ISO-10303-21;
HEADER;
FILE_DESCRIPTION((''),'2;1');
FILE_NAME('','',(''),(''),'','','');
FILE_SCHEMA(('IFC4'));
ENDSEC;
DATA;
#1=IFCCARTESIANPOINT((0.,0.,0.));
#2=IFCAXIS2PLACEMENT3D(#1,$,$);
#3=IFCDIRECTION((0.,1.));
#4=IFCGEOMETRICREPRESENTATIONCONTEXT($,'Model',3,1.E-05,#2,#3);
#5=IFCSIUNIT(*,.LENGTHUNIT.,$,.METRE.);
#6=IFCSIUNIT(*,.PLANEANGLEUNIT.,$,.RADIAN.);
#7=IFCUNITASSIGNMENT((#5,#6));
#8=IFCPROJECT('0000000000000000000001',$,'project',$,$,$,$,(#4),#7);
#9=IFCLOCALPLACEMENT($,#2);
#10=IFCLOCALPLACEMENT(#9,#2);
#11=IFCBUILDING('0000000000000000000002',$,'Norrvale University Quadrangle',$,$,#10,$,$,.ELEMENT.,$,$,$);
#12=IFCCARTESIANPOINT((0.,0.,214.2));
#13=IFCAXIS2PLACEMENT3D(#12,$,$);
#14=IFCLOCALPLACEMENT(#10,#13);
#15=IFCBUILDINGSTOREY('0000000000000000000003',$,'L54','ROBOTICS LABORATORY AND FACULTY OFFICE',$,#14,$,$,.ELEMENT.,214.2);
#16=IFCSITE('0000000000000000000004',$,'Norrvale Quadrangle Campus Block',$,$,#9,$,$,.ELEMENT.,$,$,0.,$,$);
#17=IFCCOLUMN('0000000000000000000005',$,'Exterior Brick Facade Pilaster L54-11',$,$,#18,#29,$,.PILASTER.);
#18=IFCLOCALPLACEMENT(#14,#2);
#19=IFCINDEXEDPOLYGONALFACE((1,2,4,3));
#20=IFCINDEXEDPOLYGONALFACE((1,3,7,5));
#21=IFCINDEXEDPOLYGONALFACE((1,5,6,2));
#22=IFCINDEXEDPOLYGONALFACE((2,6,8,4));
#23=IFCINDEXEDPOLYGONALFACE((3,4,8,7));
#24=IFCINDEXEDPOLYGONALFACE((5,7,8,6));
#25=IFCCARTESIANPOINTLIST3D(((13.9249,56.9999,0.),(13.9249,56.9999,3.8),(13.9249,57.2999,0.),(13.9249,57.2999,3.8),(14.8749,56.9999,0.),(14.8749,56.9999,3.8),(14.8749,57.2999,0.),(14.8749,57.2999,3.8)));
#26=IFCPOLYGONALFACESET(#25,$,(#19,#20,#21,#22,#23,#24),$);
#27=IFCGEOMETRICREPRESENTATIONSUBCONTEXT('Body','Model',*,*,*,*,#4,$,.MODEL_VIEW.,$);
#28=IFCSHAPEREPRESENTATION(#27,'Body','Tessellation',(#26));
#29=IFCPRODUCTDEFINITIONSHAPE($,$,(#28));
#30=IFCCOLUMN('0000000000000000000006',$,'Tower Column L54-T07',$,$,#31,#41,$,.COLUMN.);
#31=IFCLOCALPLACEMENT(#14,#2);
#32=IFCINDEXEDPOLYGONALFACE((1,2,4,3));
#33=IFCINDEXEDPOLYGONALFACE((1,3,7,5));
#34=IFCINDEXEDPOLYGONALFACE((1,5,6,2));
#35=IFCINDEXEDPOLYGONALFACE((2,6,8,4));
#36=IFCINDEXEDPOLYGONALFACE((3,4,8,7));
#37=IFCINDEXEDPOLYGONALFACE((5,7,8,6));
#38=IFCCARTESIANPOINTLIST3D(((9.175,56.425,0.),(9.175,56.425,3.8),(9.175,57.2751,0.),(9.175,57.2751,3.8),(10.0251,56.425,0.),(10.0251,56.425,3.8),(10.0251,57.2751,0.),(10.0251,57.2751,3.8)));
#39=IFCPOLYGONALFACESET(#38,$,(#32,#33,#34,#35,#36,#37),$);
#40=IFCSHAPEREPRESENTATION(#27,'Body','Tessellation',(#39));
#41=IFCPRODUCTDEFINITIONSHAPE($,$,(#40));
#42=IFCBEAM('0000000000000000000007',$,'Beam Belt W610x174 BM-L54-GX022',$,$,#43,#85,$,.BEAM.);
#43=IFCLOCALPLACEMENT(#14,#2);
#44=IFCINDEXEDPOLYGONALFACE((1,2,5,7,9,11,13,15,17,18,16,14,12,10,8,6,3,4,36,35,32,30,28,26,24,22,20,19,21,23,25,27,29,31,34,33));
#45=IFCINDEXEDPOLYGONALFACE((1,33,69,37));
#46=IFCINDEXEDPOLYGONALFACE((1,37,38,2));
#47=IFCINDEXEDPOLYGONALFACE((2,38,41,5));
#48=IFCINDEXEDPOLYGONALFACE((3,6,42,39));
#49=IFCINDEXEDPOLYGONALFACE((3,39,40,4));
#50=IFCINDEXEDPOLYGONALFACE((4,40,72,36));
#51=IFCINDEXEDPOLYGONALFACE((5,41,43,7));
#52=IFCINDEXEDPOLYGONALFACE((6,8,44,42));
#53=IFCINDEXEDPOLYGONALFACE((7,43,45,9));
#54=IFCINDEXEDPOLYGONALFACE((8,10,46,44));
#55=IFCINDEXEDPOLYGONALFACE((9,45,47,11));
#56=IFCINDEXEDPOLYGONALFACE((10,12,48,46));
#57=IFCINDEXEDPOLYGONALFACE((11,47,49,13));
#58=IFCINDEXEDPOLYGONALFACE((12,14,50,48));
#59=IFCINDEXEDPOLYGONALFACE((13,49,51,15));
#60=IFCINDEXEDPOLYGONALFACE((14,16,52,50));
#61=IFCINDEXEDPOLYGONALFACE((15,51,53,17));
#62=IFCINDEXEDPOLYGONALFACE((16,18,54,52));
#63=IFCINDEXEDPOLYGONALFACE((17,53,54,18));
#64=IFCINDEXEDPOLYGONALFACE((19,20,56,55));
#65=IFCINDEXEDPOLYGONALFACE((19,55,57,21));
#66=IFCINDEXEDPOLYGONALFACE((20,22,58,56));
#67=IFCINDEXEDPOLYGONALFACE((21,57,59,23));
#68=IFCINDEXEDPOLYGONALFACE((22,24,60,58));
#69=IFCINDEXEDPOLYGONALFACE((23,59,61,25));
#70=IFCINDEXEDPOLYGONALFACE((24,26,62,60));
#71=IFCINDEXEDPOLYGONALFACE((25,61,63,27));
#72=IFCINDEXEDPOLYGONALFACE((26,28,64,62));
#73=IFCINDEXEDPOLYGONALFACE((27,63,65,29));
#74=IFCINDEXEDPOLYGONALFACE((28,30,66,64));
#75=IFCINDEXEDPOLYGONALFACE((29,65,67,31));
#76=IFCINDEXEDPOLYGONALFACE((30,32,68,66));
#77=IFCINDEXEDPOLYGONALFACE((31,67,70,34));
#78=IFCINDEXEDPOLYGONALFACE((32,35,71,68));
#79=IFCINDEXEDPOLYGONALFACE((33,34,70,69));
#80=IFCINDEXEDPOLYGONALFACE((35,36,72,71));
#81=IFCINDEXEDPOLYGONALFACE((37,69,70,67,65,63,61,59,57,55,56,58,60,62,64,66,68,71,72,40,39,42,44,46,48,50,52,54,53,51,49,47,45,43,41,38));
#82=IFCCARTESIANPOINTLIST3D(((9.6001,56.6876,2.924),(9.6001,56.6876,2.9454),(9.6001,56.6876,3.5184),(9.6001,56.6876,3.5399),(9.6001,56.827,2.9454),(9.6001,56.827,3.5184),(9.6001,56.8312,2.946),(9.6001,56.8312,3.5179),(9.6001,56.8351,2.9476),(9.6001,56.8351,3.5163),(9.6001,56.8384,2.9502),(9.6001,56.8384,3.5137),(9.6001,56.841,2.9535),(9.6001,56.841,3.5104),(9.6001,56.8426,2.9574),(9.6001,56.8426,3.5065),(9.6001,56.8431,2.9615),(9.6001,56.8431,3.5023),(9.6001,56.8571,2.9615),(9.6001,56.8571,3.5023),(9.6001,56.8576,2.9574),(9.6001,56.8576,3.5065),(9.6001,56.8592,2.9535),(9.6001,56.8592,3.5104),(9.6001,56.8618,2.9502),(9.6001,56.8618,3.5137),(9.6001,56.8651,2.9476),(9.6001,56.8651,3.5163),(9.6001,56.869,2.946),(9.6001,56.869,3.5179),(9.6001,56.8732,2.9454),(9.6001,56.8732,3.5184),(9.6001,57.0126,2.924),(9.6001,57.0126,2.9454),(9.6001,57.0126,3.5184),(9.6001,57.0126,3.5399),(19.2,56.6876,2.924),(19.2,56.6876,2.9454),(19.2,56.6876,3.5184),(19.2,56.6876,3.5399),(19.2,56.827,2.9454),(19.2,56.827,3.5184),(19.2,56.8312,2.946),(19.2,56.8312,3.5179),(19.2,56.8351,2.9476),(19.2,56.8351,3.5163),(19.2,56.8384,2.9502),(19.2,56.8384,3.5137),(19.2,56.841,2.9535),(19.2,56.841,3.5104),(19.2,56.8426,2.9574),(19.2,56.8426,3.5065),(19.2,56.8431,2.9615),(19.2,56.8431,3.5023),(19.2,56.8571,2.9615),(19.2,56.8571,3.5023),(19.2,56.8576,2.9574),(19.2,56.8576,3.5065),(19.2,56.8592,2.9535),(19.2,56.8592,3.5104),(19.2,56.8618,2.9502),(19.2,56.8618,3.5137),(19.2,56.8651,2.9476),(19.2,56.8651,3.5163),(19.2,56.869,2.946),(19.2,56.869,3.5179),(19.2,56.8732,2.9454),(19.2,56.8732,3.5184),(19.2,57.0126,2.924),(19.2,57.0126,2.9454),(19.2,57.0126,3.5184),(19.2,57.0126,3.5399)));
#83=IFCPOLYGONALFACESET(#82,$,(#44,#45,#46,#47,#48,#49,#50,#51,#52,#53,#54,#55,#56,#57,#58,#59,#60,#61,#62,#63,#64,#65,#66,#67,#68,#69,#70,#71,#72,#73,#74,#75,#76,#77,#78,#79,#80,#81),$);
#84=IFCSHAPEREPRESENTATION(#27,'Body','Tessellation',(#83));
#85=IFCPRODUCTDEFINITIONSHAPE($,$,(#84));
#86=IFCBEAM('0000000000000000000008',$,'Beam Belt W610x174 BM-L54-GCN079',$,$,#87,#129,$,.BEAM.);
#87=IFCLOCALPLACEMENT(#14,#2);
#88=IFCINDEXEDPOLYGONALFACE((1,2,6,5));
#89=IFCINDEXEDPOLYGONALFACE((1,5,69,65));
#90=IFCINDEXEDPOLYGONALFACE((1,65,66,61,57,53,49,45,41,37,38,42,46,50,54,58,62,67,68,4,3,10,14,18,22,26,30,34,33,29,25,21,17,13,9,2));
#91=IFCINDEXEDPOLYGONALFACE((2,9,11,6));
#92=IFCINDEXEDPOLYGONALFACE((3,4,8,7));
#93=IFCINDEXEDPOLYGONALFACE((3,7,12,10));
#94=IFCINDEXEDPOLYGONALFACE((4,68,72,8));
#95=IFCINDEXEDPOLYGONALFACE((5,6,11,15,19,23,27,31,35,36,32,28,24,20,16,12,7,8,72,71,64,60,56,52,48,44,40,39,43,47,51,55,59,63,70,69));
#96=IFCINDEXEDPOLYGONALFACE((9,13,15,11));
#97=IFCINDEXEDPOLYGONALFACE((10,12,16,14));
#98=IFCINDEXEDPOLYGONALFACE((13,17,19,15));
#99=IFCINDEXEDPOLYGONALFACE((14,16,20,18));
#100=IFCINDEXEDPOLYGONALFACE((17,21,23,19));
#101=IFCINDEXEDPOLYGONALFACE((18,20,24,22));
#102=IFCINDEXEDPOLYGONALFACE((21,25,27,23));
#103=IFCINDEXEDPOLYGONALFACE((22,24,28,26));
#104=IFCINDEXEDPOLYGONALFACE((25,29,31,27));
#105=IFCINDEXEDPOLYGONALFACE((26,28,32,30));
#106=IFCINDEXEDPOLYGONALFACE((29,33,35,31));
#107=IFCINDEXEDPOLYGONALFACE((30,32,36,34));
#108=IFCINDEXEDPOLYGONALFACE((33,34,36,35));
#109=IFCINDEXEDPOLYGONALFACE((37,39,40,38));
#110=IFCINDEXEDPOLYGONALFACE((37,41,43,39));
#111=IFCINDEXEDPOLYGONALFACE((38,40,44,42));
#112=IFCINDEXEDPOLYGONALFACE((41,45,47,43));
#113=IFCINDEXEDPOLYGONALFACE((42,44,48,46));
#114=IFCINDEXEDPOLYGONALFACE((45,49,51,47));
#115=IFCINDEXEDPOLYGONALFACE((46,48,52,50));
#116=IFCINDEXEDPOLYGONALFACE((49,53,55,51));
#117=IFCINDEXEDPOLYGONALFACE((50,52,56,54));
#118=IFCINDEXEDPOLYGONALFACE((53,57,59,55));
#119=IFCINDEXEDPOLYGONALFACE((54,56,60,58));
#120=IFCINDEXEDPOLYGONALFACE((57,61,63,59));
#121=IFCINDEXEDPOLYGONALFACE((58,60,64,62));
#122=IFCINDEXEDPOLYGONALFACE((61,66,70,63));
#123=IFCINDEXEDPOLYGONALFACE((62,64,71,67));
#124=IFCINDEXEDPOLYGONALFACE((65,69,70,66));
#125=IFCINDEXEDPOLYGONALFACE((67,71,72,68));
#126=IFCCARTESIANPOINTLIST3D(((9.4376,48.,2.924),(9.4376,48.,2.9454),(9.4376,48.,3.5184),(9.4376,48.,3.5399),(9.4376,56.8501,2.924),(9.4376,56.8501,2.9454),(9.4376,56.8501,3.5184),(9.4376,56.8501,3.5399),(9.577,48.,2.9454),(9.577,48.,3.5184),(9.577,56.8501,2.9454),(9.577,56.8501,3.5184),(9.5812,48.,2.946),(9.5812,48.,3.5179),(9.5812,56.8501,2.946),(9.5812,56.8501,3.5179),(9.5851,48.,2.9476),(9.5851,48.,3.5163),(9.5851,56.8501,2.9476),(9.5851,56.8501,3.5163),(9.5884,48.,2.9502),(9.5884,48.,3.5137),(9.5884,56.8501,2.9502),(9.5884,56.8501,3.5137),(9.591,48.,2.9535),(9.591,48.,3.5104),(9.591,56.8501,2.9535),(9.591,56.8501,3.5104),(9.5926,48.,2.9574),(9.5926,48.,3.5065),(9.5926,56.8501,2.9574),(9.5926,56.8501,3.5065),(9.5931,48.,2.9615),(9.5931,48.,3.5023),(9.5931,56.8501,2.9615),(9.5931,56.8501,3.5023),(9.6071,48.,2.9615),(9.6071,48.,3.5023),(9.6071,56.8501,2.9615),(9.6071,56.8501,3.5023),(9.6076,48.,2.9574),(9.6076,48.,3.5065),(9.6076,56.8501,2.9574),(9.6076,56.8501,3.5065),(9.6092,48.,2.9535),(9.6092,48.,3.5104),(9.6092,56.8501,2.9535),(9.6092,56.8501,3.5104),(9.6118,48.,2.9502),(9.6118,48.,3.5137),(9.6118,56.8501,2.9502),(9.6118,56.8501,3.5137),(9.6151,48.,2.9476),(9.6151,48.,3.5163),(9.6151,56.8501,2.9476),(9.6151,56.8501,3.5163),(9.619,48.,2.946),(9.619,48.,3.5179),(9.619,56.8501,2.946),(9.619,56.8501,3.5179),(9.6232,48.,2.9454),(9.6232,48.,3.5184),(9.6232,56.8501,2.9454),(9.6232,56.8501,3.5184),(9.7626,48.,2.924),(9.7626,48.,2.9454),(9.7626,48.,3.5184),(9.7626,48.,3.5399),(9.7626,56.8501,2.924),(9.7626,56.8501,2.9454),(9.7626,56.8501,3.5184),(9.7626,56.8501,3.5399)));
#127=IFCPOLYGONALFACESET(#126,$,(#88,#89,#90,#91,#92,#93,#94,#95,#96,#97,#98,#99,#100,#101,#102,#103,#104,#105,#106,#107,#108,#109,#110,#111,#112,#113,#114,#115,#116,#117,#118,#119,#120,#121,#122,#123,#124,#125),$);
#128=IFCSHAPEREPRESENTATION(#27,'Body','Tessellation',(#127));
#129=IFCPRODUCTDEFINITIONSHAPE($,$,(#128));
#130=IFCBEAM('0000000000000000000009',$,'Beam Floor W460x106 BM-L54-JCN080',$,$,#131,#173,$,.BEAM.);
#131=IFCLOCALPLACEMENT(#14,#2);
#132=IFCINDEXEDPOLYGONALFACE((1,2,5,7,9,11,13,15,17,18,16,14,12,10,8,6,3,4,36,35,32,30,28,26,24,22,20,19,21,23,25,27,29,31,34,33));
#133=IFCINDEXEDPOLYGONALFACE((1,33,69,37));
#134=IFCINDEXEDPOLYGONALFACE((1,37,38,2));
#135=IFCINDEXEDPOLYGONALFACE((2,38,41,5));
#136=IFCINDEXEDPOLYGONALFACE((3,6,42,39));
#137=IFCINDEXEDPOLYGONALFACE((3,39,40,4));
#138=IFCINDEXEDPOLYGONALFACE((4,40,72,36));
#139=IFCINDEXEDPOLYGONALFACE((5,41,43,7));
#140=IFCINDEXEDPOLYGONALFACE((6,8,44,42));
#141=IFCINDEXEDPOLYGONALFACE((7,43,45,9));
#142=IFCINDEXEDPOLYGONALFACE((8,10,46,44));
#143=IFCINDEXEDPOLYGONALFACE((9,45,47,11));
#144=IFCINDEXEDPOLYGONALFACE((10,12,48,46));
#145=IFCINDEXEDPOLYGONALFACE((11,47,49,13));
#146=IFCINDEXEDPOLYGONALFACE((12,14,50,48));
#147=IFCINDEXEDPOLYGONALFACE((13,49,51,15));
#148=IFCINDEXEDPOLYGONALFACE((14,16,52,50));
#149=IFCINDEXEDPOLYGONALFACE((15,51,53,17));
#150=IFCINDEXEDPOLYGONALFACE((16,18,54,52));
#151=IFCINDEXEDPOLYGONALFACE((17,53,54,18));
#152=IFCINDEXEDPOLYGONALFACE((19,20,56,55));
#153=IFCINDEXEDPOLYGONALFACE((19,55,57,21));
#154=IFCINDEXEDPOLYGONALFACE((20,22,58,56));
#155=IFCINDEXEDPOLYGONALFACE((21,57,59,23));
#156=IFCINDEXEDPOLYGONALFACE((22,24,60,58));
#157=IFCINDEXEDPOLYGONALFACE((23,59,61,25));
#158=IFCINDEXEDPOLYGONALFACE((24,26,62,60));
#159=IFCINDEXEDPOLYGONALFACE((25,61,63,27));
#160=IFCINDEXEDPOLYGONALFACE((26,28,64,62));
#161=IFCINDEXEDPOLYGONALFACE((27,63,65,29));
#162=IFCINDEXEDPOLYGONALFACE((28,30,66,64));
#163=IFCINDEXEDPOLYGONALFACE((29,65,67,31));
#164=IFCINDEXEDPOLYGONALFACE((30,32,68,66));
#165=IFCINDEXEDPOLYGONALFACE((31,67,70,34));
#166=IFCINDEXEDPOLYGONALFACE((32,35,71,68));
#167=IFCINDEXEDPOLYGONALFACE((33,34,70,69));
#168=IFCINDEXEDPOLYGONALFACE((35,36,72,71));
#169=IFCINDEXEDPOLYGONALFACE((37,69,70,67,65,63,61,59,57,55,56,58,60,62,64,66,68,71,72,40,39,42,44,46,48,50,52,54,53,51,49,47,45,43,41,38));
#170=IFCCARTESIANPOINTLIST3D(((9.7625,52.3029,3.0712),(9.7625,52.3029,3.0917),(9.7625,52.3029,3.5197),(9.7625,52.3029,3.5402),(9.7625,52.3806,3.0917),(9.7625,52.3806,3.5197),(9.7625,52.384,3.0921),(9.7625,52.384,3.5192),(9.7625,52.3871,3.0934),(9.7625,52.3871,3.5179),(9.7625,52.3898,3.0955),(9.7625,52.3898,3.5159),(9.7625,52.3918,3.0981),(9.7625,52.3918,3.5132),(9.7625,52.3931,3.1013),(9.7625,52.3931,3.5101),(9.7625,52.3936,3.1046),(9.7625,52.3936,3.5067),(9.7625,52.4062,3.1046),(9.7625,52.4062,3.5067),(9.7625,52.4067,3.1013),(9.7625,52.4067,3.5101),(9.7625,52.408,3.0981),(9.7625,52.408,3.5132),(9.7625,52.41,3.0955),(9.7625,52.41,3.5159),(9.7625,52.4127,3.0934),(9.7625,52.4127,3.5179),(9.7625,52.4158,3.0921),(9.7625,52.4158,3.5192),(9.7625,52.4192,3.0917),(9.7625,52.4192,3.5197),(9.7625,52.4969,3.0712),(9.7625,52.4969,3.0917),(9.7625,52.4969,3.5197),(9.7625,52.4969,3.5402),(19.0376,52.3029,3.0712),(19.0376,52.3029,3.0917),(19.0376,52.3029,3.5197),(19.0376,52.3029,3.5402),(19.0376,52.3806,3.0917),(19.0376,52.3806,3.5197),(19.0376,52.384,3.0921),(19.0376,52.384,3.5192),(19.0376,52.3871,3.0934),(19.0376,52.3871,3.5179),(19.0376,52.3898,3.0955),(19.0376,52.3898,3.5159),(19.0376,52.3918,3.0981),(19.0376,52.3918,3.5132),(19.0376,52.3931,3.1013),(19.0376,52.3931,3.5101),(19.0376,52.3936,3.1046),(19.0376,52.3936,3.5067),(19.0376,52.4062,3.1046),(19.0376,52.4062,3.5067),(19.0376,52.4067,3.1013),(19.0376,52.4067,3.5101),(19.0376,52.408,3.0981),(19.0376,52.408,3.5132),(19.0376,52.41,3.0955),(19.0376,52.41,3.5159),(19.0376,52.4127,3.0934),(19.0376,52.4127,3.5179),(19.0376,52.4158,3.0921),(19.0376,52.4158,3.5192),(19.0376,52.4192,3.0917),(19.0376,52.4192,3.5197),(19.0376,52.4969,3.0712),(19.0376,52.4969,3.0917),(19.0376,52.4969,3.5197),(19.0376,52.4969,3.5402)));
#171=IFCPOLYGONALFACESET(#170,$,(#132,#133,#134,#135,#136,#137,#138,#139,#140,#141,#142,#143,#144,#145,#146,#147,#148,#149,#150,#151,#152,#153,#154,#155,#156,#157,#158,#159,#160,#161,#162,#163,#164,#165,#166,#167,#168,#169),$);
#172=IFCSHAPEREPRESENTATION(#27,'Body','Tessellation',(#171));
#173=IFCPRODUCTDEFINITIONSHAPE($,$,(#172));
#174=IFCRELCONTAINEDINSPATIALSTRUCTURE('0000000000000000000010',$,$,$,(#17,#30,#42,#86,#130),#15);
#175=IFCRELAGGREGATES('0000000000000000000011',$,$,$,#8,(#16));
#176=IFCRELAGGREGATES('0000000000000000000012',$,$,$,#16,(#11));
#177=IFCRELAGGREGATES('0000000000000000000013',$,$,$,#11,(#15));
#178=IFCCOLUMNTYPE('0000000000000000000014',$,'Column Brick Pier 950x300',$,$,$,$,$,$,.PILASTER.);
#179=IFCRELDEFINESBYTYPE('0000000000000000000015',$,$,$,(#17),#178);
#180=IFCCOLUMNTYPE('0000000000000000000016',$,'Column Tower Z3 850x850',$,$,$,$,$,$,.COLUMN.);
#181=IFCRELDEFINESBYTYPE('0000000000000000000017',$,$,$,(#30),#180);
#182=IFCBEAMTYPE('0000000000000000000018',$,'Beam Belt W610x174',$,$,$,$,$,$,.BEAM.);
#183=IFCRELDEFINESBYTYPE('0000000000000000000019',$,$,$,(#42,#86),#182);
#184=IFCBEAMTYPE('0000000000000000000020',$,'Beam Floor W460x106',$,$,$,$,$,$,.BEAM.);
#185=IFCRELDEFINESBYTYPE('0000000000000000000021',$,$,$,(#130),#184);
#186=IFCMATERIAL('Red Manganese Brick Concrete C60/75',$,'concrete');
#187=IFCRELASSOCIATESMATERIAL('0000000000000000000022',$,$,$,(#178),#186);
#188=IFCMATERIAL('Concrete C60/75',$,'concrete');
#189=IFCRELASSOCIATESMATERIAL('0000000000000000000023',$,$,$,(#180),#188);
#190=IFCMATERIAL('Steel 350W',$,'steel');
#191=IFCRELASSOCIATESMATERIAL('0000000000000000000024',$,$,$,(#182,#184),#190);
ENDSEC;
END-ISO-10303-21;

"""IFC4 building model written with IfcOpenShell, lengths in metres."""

from ifc_helpers import new_model, si_unit, direction, frame, origin, origin_2d, place, context, subcontext, project, spatial, rectangle, i_section, extrude, material, material_profile, profile_set, type_object, element, save


model = new_model("IFC4")

# Units and contexts
model_context = context("Model", 3, precision=1e-05, world=origin(), true_north=direction((0.0, 1.0)))
body_context = subcontext(model_context, "Body", "Model", "MODEL_VIEW")
ifc_project = project(units=[si_unit("LENGTHUNIT", "METRE"), si_unit("PLANEANGLEUNIT", "RADIAN")], contexts=[model_context])

# Site, building, storey
site_placement = place(None, origin())
site = spatial("IfcSite", under=ifc_project, at=site_placement, Name="Norrvale Quadrangle Campus Block", CompositionType="ELEMENT", RefElevation=0.0)
building_placement = place(site_placement, origin())
building = spatial("IfcBuilding", under=site, at=building_placement, Name="Norrvale University Quadrangle", CompositionType="ELEMENT")
storey_placement = place(building_placement, frame((0.0, 0.0, 214.2)))
storey = spatial("IfcBuildingStorey", under=building, at=storey_placement, Name="L54", Description="ROBOTICS LABORATORY AND FACULTY OFFICE", CompositionType="ELEMENT", Elevation=214.2)

# Columns
ifc_material_1 = material(Name="Red Manganese Brick Concrete C60/75", Category="concrete")
ifc_material_profile_1 = material_profile(ifc_material_1, rectangle(XDim=0.95, YDim=0.3, at=origin_2d()), Name="Red Manganese Brick Concrete C60/75")
ifc_profile_set_1 = profile_set([ifc_material_profile_1], Name="Red Manganese Brick Concrete C60/75")
column_type_1 = type_object("IfcColumnType", Name="Column Brick Pier 950x300", PredefinedType="PILASTER", material=ifc_profile_set_1)
column_1_placement = place(storey_placement, frame((14.3999, 57.1499, 0.0), z_axis=(0.0, 0.0, 1.0), x_axis=(1.0, 0.0, 0.0)))
element("IfcColumn", 1, at=column_1_placement, inside=storey, type_object=column_type_1, Name="Exterior Brick Facade Pilaster L54-11", PredefinedType="PILASTER", context=body_context, shape_type="SweptSolid", body=[
    extrude(rectangle(XDim=0.95, YDim=0.3, at=origin_2d()), origin(), (0.0, 0.0, 1.0), 3.8),
])
ifc_material_2 = material(Name="Concrete C60/75", Category="concrete")
ifc_material_profile_2 = material_profile(ifc_material_2, rectangle(XDim=0.8501, YDim=0.8501, at=origin_2d()), Name="Concrete C60/75")
ifc_profile_set_2 = profile_set([ifc_material_profile_2], Name="Concrete C60/75")
column_type_2 = type_object("IfcColumnType", Name="Column Tower Z3 850x850", PredefinedType="COLUMN", material=ifc_profile_set_2)
column_2_placement = place(storey_placement, frame((9.6001, 56.8501, 0.0), z_axis=(0.0, 0.0, 1.0), x_axis=(1.0, 0.0, 0.0)))
element("IfcColumn", 2, at=column_2_placement, inside=storey, type_object=column_type_2, Name="Tower Column L54-T07", PredefinedType="COLUMN", context=body_context, shape_type="SweptSolid", body=[
    extrude(rectangle(XDim=0.8501, YDim=0.8501, at=origin_2d()), origin(), (0.0, 0.0, 1.0), 3.8),
])

# Beams
ifc_material_3 = material(Name="Steel 350W", Category="steel")
ifc_material_profile_3 = material_profile(ifc_material_3, i_section(OverallWidth=0.325, OverallDepth=0.616, WebThickness=0.0139, FlangeThickness=0.0215, FilletRadius=0.0161, at=origin_2d()), Name="Steel 350W")
ifc_profile_set_3 = profile_set([ifc_material_profile_3], Name="Steel 350W")
beam_type_1 = type_object("IfcBeamType", Name="Beam Belt W610x174", PredefinedType="BEAM", material=ifc_profile_set_3)
beam_1_placement = place(storey_placement, frame((9.6001, 56.8501, 3.2319), z_axis=(1.0, 0.0, 0.0), x_axis=(0.0, 1.0, 0.0)))
element("IfcBeam", 3, at=beam_1_placement, inside=storey, type_object=beam_type_1, Name="Beam Belt W610x174 BM-L54-GX022", PredefinedType="BEAM", context=body_context, shape_type="SweptSolid", body=[
    extrude(i_section(OverallWidth=0.325, OverallDepth=0.616, WebThickness=0.0139, FlangeThickness=0.0215, FilletRadius=0.0161, at=origin_2d()), origin(), (0.0, 0.0, 1.0), 9.5999),
])
beam_2_placement = place(storey_placement, frame((9.6001, 48.0, 3.2319), z_axis=(0.0, 1.0, 0.0), x_axis=(-1.0, 0.0, 0.0)))
element("IfcBeam", 4, at=beam_2_placement, inside=storey, type_object=beam_type_1, Name="Beam Belt W610x174 BM-L54-GCN079", PredefinedType="BEAM", context=body_context, shape_type="SweptSolid", body=[
    extrude(i_section(OverallWidth=0.325, OverallDepth=0.616, WebThickness=0.0139, FlangeThickness=0.0215, FilletRadius=0.0161, at=origin_2d()), origin(), (0.0, 0.0, 1.0), 8.8501),
])
ifc_material_profile_4 = material_profile(ifc_material_3, i_section(OverallWidth=0.1941, OverallDepth=0.469, WebThickness=0.0127, FlangeThickness=0.0205, FilletRadius=0.0129, at=origin_2d()), Name="Steel 350W")
ifc_profile_set_4 = profile_set([ifc_material_profile_4], Name="Steel 350W")
beam_type_2 = type_object("IfcBeamType", Name="Beam Floor W460x106", PredefinedType="BEAM", material=ifc_profile_set_4)
beam_3_placement = place(storey_placement, frame((9.7625, 52.3999, 3.3057), z_axis=(1.0, 0.0, 0.0), x_axis=(0.0, 1.0, 0.0)))
element("IfcBeam", 5, at=beam_3_placement, inside=storey, type_object=beam_type_2, Name="Beam Floor W460x106 BM-L54-JCN080", PredefinedType="BEAM", context=body_context, shape_type="SweptSolid", body=[
    extrude(i_section(OverallWidth=0.1941, OverallDepth=0.469, WebThickness=0.0127, FlangeThickness=0.0205, FilletRadius=0.0129, at=origin_2d()), origin(), (0.0, 0.0, 1.0), 9.2751),
])

save(model, "model.ifc")
